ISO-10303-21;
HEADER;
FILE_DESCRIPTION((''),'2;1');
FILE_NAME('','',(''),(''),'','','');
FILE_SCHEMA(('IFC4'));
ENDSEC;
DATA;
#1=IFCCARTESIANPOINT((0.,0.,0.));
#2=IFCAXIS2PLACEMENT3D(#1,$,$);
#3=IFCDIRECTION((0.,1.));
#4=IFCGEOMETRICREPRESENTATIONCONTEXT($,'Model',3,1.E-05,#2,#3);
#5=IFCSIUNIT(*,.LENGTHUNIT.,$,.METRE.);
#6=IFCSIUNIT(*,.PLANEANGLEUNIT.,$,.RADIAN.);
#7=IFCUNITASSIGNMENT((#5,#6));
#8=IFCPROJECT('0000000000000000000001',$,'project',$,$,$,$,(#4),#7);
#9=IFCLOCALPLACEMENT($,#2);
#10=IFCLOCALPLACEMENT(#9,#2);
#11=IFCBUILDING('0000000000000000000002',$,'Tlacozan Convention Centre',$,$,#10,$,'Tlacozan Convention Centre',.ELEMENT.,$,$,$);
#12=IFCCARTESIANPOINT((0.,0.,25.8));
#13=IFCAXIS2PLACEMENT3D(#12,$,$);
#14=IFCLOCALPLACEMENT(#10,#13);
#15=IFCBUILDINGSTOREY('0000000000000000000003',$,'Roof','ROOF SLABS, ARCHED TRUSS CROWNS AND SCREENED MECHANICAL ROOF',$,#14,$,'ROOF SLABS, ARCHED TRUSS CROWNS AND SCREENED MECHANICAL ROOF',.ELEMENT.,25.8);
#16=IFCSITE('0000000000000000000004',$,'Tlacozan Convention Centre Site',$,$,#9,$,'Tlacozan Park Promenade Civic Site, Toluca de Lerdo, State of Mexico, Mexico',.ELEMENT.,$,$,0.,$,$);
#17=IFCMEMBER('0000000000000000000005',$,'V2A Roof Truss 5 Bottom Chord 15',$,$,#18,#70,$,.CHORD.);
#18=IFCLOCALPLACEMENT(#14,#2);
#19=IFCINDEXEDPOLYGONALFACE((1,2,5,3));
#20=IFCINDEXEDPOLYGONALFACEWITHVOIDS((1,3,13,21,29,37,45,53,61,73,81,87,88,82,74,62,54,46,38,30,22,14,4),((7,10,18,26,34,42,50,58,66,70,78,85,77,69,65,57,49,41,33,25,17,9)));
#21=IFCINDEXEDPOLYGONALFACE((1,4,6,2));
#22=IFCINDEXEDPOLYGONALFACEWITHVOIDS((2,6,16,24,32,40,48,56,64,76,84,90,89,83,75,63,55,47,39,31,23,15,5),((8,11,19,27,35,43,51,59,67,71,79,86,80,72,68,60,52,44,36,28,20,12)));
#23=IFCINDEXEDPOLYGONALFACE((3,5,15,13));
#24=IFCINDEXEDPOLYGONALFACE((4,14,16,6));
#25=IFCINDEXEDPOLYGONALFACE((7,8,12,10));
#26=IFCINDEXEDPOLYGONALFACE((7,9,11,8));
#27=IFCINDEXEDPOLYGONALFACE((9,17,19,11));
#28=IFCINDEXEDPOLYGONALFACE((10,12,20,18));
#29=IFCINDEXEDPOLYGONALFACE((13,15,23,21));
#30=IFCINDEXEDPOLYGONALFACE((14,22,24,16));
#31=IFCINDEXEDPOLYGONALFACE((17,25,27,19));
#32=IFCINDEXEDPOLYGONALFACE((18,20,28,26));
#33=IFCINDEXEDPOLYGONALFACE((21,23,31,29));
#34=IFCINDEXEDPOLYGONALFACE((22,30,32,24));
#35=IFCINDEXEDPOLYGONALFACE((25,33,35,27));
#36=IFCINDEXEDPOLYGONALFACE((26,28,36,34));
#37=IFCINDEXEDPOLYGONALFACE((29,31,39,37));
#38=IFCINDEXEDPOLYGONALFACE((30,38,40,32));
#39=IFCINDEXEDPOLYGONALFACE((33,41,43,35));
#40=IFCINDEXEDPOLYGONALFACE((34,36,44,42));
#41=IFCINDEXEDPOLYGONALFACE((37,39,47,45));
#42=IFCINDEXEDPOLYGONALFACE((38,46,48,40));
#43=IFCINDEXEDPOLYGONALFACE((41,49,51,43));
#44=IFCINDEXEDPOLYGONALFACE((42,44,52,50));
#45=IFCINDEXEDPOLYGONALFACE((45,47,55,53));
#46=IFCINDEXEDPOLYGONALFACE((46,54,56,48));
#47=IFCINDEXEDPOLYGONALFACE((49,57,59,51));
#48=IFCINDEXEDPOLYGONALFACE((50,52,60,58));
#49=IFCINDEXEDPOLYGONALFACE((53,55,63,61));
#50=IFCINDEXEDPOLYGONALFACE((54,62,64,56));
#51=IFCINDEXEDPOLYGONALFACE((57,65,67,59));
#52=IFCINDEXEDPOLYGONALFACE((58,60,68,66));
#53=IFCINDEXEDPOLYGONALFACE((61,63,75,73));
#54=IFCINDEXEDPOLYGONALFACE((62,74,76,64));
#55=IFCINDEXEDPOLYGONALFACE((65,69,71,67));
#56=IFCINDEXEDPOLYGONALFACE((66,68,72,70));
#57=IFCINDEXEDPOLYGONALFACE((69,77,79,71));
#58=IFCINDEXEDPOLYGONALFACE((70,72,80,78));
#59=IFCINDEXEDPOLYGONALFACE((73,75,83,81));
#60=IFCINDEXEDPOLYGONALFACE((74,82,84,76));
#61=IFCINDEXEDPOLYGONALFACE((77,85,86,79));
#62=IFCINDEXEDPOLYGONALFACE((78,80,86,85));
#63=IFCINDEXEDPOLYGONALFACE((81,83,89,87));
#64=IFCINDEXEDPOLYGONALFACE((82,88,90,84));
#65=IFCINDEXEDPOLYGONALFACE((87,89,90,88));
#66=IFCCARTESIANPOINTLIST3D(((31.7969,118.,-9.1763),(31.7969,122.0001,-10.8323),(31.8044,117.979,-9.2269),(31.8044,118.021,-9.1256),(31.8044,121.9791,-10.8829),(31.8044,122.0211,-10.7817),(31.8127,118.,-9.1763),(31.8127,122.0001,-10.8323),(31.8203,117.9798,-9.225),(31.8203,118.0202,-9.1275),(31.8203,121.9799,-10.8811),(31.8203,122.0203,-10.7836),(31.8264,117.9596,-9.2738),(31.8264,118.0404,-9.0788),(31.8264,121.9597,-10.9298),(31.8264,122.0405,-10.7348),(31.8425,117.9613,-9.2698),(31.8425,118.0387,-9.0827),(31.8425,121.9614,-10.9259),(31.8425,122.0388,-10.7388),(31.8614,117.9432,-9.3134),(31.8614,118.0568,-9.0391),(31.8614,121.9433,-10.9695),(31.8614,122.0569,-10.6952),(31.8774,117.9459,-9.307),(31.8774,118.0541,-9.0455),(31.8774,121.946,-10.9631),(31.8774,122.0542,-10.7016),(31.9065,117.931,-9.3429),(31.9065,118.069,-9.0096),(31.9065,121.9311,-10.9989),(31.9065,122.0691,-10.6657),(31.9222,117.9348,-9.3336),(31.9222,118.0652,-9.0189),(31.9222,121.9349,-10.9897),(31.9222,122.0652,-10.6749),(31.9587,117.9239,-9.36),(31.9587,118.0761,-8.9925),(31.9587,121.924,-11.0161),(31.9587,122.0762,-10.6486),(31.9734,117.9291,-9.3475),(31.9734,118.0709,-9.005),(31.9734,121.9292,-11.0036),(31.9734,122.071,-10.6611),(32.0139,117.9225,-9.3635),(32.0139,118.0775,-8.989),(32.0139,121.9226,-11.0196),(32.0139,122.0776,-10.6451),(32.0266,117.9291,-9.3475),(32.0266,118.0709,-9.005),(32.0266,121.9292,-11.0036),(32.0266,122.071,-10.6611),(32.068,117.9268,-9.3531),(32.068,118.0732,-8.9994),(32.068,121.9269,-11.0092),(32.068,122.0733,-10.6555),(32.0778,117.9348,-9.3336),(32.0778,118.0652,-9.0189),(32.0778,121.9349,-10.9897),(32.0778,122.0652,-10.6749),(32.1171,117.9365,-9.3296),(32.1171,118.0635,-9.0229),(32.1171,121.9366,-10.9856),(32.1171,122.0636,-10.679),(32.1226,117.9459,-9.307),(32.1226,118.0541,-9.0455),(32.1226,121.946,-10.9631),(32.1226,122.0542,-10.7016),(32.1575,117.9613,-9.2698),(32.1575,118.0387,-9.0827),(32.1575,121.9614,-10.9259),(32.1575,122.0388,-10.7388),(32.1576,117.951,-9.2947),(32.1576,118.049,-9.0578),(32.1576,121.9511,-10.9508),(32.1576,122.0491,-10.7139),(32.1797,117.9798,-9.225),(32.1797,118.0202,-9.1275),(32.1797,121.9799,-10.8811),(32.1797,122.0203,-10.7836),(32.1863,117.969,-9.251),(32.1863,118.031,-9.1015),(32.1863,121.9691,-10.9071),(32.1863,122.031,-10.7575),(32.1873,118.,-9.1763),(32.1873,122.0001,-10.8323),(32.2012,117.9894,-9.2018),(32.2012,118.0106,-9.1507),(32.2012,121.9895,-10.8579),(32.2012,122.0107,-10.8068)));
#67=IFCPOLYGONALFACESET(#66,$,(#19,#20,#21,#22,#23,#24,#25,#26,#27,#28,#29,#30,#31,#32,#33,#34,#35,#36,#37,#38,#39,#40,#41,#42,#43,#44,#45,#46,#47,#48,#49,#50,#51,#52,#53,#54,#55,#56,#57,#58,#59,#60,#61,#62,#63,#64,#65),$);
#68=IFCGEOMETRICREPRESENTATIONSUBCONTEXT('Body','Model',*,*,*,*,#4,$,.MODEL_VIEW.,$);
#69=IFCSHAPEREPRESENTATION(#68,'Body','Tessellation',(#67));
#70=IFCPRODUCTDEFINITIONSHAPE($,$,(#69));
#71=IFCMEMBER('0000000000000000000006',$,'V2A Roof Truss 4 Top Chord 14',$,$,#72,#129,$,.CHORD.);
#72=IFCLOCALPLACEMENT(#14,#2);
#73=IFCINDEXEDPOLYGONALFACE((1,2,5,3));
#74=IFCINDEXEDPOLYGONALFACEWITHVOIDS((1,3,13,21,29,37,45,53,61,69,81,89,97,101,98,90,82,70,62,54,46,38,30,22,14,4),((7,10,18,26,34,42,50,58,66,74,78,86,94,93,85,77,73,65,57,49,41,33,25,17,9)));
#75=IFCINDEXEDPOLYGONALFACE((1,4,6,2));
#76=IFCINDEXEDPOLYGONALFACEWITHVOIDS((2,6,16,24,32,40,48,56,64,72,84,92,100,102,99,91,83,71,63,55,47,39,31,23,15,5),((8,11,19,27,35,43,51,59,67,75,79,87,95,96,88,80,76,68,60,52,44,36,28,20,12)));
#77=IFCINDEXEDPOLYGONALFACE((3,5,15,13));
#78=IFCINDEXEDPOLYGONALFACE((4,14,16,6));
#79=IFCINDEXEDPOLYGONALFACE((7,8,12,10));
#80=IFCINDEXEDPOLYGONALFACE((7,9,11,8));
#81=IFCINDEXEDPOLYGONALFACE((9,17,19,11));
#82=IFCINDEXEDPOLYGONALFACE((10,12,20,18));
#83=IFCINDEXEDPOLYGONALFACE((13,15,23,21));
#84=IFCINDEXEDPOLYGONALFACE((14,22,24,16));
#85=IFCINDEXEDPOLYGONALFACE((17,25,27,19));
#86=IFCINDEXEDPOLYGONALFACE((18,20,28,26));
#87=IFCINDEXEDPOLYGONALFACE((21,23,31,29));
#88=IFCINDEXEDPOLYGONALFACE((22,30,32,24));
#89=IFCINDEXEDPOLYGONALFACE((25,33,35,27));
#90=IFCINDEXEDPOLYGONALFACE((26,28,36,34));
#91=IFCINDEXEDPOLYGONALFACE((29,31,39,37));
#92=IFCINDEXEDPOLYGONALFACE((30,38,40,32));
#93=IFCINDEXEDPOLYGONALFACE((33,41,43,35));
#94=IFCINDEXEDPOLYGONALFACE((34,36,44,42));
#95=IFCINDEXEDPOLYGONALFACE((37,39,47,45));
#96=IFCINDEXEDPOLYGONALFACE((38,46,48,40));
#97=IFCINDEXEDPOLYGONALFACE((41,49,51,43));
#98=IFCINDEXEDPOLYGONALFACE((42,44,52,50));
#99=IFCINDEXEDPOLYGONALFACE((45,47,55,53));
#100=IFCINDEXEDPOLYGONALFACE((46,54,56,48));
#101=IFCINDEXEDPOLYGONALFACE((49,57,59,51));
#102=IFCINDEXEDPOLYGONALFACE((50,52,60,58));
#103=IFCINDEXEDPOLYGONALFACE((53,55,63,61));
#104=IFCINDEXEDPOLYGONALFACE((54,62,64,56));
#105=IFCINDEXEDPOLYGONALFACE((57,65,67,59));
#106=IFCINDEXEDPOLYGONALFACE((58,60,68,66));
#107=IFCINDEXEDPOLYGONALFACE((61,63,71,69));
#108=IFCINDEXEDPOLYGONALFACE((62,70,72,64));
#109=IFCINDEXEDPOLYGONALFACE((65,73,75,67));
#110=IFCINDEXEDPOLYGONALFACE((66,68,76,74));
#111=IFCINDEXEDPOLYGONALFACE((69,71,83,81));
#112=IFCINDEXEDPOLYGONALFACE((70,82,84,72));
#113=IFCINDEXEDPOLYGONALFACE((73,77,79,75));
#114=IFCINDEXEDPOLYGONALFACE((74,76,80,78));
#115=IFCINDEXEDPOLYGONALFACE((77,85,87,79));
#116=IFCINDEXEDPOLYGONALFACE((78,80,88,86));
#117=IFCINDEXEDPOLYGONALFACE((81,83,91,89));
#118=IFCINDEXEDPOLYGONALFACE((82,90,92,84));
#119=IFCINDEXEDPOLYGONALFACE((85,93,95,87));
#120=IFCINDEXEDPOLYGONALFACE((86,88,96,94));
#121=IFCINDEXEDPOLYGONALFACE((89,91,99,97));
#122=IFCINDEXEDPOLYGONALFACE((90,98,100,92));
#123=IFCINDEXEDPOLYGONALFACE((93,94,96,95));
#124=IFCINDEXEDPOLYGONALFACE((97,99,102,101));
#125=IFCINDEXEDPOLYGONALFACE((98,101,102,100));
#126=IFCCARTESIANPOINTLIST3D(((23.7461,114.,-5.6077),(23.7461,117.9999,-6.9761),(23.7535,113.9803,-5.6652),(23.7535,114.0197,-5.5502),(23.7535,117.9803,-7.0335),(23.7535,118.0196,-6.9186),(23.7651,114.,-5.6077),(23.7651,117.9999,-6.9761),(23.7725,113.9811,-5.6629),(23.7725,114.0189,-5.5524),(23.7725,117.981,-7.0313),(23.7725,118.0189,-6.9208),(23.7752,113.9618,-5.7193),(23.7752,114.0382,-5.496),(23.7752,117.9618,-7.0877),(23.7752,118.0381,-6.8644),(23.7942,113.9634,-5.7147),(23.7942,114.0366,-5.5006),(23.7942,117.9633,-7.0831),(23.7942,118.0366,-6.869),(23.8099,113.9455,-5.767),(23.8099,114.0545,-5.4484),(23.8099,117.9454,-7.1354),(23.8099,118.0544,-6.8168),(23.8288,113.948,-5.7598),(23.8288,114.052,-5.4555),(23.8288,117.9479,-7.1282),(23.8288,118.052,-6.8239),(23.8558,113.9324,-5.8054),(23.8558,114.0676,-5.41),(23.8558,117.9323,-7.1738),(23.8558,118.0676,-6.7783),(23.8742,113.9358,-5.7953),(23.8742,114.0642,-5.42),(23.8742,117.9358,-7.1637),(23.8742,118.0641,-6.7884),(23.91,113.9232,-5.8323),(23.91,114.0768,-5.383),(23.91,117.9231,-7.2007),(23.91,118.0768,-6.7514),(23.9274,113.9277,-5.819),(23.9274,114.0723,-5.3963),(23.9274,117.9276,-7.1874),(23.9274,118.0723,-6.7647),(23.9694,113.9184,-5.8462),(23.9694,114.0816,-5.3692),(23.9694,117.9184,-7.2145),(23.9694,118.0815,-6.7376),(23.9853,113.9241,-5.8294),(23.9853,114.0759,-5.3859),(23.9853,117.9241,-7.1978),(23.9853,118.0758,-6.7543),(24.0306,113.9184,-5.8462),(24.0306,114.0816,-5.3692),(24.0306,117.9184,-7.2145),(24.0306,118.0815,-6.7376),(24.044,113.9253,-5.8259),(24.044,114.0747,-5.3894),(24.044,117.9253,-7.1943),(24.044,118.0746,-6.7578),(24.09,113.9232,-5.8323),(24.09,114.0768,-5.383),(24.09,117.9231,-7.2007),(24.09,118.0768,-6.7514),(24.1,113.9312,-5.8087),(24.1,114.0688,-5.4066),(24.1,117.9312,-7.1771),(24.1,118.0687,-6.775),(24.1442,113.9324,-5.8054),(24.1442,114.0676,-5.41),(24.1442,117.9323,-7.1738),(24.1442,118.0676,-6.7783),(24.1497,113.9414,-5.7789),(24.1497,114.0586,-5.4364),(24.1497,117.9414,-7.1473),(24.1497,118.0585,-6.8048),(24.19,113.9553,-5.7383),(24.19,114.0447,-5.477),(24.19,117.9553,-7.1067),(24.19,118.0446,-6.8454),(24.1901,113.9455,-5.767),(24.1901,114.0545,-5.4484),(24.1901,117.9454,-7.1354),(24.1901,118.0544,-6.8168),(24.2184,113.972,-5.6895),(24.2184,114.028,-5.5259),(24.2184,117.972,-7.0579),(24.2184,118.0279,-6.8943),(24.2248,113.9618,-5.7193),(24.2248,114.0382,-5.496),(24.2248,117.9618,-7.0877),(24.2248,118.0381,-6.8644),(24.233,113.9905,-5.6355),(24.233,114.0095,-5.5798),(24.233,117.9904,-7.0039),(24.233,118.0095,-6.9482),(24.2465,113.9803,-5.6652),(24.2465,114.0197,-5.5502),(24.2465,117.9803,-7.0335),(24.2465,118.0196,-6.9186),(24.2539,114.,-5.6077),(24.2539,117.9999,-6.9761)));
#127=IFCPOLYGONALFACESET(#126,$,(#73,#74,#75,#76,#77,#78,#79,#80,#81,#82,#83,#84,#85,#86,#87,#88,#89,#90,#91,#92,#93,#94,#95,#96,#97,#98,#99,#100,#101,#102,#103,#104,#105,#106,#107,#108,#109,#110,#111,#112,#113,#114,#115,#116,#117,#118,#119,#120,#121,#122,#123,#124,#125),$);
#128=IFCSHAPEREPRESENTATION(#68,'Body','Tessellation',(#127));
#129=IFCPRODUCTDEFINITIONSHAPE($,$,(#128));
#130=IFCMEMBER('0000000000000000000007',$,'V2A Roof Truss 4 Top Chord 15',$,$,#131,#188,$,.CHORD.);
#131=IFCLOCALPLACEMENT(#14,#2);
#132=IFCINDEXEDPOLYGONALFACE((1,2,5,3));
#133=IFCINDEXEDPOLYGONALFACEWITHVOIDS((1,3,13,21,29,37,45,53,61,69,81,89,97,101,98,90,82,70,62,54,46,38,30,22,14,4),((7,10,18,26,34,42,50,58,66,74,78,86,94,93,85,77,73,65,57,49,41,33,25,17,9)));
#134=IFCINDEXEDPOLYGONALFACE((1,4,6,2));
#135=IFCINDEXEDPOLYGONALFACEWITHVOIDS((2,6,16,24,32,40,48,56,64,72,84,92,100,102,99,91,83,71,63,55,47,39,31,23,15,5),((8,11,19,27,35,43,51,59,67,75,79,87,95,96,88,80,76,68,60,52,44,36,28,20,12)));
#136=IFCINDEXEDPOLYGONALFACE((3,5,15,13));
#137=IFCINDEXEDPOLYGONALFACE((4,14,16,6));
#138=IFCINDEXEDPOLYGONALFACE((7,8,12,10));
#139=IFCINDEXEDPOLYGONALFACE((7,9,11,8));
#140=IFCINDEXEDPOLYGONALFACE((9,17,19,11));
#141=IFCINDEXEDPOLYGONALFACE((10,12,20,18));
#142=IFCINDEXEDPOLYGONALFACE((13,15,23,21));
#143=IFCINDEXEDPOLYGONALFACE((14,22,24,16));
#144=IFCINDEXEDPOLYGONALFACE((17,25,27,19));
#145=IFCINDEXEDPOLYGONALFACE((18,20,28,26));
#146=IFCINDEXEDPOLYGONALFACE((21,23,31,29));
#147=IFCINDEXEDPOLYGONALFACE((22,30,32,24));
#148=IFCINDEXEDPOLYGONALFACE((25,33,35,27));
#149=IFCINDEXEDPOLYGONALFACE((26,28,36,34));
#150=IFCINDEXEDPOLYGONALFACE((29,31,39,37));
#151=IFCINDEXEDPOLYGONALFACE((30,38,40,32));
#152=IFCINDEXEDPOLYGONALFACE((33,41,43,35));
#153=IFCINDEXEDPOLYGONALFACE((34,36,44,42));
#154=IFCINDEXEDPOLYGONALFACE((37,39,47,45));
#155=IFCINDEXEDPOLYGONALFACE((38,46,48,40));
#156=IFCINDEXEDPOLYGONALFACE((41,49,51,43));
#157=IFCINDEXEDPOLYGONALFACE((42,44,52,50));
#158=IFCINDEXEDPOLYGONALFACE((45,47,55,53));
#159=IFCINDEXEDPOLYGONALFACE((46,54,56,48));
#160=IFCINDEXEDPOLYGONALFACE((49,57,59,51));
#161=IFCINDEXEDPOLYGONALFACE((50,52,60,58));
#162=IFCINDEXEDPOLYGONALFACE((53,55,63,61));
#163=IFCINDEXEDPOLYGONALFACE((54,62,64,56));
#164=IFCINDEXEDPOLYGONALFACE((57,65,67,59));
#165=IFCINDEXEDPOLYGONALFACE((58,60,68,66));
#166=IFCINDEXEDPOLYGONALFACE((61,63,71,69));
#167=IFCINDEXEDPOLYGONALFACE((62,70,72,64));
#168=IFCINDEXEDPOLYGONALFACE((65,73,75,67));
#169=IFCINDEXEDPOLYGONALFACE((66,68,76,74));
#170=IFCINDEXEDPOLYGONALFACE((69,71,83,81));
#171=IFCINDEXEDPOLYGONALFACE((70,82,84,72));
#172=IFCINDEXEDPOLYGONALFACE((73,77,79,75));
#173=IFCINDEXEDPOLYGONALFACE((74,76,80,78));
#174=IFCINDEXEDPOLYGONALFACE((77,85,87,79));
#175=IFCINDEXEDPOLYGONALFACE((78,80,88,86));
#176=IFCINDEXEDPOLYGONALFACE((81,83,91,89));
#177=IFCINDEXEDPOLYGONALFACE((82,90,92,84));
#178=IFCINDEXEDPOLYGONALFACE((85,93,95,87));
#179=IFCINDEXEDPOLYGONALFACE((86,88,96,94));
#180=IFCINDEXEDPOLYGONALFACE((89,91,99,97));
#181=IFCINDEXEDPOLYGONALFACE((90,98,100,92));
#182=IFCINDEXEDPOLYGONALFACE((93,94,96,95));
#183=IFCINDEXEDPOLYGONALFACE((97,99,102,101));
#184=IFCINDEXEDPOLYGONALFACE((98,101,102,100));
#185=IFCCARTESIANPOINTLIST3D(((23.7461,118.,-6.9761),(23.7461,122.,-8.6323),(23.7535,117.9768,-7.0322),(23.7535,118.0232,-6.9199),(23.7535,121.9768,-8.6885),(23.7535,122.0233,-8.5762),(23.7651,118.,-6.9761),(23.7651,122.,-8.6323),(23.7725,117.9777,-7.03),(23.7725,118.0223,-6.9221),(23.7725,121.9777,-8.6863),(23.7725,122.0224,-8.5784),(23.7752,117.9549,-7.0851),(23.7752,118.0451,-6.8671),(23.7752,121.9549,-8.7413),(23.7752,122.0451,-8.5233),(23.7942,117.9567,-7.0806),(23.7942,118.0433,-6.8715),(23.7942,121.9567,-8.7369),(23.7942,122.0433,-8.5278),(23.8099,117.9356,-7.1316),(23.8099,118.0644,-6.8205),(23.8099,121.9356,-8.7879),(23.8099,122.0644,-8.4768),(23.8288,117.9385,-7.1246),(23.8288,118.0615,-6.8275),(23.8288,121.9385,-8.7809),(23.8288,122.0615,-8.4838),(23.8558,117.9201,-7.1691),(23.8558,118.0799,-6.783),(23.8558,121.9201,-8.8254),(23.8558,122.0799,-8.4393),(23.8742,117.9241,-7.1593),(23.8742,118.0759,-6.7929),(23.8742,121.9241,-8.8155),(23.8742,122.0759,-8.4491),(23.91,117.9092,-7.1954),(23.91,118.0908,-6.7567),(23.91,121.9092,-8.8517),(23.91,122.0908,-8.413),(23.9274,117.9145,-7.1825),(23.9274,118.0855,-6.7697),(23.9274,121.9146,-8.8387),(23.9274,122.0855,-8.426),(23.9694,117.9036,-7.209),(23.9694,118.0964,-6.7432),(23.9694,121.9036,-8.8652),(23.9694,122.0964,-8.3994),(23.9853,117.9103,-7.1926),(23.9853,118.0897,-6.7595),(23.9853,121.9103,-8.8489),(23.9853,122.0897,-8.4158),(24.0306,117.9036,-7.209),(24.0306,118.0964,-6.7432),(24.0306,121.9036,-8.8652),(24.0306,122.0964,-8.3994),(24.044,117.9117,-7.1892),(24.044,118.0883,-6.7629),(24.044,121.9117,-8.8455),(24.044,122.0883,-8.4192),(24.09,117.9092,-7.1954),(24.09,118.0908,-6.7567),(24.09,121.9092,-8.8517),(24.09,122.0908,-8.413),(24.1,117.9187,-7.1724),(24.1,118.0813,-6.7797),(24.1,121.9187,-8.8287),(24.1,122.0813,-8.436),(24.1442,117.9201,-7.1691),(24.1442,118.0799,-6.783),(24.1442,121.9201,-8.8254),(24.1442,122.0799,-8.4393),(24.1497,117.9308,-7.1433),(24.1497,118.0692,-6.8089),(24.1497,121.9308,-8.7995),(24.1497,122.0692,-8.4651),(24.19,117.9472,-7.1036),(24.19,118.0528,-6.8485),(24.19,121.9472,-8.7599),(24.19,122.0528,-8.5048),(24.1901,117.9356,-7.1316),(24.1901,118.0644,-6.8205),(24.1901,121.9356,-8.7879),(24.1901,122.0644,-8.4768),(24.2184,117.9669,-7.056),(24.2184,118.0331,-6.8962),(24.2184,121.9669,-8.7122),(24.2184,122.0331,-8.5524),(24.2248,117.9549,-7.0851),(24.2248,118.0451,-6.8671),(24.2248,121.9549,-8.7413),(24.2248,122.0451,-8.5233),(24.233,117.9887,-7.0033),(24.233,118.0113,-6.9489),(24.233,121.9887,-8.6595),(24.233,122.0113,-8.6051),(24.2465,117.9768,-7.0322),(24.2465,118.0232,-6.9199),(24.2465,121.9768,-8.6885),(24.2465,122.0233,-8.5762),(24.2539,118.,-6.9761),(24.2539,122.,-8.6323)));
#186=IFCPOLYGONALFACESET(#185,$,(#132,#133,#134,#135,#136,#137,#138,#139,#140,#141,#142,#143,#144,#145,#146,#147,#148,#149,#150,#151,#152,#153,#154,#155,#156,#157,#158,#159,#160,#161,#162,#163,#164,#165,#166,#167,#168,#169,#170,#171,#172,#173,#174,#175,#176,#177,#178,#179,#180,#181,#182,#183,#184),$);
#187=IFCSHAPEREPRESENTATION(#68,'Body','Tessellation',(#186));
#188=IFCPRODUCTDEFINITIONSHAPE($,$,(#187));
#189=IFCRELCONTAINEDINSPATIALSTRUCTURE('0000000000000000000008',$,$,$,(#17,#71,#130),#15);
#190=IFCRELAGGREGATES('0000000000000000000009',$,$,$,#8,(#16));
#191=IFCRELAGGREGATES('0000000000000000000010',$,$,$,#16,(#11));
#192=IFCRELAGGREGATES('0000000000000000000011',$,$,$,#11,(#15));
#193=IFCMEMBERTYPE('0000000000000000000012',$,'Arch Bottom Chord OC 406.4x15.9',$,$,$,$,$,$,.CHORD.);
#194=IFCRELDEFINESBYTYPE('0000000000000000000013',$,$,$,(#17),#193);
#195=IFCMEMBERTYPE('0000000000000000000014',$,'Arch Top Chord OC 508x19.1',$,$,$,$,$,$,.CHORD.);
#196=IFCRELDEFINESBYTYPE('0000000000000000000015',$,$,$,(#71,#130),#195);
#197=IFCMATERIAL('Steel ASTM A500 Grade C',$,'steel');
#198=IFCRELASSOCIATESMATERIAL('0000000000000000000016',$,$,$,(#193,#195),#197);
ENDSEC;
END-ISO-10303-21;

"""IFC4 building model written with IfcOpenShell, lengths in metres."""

from ifc_helpers import new_model, si_unit, direction, frame, origin, origin_2d, place, context, subcontext, project, spatial, hollow_circle, extrude, material, material_profile, profile_set, type_object, element, save


model = new_model("IFC4")

# Units and contexts
model_context = context("Model", 3, precision=1e-05, world=origin(), true_north=direction((0.0, 1.0)))
body_context = subcontext(model_context, "Body", "Model", "MODEL_VIEW")
ifc_project = project(units=[si_unit("LENGTHUNIT", "METRE"), si_unit("PLANEANGLEUNIT", "RADIAN")], contexts=[model_context])

# Site, building, storey
site_placement = place(None, origin())
site = spatial("IfcSite", under=ifc_project, at=site_placement, Name="Tlacozan Convention Centre Site", LongName="Tlacozan Park Promenade Civic Site, Toluca de Lerdo, State of Mexico, Mexico", CompositionType="ELEMENT", RefElevation=0.0)
building_placement = place(site_placement, origin())
building = spatial("IfcBuilding", under=site, at=building_placement, Name="Tlacozan Convention Centre", LongName="Tlacozan Convention Centre", CompositionType="ELEMENT")
storey_placement = place(building_placement, frame((0.0, 0.0, 25.8)))
storey = spatial("IfcBuildingStorey", under=building, at=storey_placement, Name="Roof", Description="ROOF SLABS, ARCHED TRUSS CROWNS AND SCREENED MECHANICAL ROOF", LongName="ROOF SLABS, ARCHED TRUSS CROWNS AND SCREENED MECHANICAL ROOF", CompositionType="ELEMENT", Elevation=25.8)

# Members
ifc_material_1 = material(Name="Steel ASTM A500 Grade C", Category="steel")
ifc_material_profile_1 = material_profile(ifc_material_1, hollow_circle(Radius=0.2031, WallThickness=0.0159, at=origin_2d()), Name="OC 406.4x15.9")
ifc_profile_set_1 = profile_set([ifc_material_profile_1], Name="Steel ASTM A500 Grade C")
member_type_1 = type_object("IfcMemberType", Name="Arch Bottom Chord OC 406.4x15.9", PredefinedType="CHORD", material=ifc_profile_set_1)
member_1_placement = place(storey_placement, frame((32.0, 118.0, -9.1763), z_axis=(0.0, 0.923949, -0.382516), x_axis=(-1.0, 0.0, 0.0)))
element("IfcMember", 1, at=member_1_placement, inside=storey, type_object=member_type_1, Name="V2A Roof Truss 5 Bottom Chord 15", PredefinedType="CHORD", context=body_context, shape_type="SweptSolid", body=[
    extrude(hollow_circle(Radius=0.2031, WallThickness=0.0159, at=origin_2d()), origin(), (0.0, 0.0, 1.0), 4.3293),
])
ifc_material_profile_2 = material_profile(ifc_material_1, hollow_circle(Radius=0.2539, WallThickness=0.019, at=origin_2d()), Name="OC 508.0x19.1")
ifc_profile_set_2 = profile_set([ifc_material_profile_2], Name="Steel ASTM A500 Grade C")
member_type_2 = type_object("IfcMemberType", Name="Arch Top Chord OC 508x19.1", PredefinedType="CHORD", material=ifc_profile_set_2)
member_2_placement = place(storey_placement, frame((24.0, 114.0, -5.6077), z_axis=(0.0, 0.946165, -0.323685), x_axis=(-1.0, 0.0, 0.0)))
element("IfcMember", 2, at=member_2_placement, inside=storey, type_object=member_type_2, Name="V2A Roof Truss 4 Top Chord 14", PredefinedType="CHORD", context=body_context, shape_type="SweptSolid", body=[
    extrude(hollow_circle(Radius=0.2539, WallThickness=0.019, at=origin_2d()), origin(), (0.0, 0.0, 1.0), 4.2275),
])
member_3_placement = place(storey_placement, frame((24.0, 118.0, -6.9761), z_axis=(0.0, 0.923929, -0.382564), x_axis=(-1.0, 0.0, 0.0)))
element("IfcMember", 3, at=member_3_placement, inside=storey, type_object=member_type_2, Name="V2A Roof Truss 4 Top Chord 15", PredefinedType="CHORD", context=body_context, shape_type="SweptSolid", body=[
    extrude(hollow_circle(Radius=0.2539, WallThickness=0.019, at=origin_2d()), origin(), (0.0, 0.0, 1.0), 4.3293),
])

save(model, "model.ifc")
